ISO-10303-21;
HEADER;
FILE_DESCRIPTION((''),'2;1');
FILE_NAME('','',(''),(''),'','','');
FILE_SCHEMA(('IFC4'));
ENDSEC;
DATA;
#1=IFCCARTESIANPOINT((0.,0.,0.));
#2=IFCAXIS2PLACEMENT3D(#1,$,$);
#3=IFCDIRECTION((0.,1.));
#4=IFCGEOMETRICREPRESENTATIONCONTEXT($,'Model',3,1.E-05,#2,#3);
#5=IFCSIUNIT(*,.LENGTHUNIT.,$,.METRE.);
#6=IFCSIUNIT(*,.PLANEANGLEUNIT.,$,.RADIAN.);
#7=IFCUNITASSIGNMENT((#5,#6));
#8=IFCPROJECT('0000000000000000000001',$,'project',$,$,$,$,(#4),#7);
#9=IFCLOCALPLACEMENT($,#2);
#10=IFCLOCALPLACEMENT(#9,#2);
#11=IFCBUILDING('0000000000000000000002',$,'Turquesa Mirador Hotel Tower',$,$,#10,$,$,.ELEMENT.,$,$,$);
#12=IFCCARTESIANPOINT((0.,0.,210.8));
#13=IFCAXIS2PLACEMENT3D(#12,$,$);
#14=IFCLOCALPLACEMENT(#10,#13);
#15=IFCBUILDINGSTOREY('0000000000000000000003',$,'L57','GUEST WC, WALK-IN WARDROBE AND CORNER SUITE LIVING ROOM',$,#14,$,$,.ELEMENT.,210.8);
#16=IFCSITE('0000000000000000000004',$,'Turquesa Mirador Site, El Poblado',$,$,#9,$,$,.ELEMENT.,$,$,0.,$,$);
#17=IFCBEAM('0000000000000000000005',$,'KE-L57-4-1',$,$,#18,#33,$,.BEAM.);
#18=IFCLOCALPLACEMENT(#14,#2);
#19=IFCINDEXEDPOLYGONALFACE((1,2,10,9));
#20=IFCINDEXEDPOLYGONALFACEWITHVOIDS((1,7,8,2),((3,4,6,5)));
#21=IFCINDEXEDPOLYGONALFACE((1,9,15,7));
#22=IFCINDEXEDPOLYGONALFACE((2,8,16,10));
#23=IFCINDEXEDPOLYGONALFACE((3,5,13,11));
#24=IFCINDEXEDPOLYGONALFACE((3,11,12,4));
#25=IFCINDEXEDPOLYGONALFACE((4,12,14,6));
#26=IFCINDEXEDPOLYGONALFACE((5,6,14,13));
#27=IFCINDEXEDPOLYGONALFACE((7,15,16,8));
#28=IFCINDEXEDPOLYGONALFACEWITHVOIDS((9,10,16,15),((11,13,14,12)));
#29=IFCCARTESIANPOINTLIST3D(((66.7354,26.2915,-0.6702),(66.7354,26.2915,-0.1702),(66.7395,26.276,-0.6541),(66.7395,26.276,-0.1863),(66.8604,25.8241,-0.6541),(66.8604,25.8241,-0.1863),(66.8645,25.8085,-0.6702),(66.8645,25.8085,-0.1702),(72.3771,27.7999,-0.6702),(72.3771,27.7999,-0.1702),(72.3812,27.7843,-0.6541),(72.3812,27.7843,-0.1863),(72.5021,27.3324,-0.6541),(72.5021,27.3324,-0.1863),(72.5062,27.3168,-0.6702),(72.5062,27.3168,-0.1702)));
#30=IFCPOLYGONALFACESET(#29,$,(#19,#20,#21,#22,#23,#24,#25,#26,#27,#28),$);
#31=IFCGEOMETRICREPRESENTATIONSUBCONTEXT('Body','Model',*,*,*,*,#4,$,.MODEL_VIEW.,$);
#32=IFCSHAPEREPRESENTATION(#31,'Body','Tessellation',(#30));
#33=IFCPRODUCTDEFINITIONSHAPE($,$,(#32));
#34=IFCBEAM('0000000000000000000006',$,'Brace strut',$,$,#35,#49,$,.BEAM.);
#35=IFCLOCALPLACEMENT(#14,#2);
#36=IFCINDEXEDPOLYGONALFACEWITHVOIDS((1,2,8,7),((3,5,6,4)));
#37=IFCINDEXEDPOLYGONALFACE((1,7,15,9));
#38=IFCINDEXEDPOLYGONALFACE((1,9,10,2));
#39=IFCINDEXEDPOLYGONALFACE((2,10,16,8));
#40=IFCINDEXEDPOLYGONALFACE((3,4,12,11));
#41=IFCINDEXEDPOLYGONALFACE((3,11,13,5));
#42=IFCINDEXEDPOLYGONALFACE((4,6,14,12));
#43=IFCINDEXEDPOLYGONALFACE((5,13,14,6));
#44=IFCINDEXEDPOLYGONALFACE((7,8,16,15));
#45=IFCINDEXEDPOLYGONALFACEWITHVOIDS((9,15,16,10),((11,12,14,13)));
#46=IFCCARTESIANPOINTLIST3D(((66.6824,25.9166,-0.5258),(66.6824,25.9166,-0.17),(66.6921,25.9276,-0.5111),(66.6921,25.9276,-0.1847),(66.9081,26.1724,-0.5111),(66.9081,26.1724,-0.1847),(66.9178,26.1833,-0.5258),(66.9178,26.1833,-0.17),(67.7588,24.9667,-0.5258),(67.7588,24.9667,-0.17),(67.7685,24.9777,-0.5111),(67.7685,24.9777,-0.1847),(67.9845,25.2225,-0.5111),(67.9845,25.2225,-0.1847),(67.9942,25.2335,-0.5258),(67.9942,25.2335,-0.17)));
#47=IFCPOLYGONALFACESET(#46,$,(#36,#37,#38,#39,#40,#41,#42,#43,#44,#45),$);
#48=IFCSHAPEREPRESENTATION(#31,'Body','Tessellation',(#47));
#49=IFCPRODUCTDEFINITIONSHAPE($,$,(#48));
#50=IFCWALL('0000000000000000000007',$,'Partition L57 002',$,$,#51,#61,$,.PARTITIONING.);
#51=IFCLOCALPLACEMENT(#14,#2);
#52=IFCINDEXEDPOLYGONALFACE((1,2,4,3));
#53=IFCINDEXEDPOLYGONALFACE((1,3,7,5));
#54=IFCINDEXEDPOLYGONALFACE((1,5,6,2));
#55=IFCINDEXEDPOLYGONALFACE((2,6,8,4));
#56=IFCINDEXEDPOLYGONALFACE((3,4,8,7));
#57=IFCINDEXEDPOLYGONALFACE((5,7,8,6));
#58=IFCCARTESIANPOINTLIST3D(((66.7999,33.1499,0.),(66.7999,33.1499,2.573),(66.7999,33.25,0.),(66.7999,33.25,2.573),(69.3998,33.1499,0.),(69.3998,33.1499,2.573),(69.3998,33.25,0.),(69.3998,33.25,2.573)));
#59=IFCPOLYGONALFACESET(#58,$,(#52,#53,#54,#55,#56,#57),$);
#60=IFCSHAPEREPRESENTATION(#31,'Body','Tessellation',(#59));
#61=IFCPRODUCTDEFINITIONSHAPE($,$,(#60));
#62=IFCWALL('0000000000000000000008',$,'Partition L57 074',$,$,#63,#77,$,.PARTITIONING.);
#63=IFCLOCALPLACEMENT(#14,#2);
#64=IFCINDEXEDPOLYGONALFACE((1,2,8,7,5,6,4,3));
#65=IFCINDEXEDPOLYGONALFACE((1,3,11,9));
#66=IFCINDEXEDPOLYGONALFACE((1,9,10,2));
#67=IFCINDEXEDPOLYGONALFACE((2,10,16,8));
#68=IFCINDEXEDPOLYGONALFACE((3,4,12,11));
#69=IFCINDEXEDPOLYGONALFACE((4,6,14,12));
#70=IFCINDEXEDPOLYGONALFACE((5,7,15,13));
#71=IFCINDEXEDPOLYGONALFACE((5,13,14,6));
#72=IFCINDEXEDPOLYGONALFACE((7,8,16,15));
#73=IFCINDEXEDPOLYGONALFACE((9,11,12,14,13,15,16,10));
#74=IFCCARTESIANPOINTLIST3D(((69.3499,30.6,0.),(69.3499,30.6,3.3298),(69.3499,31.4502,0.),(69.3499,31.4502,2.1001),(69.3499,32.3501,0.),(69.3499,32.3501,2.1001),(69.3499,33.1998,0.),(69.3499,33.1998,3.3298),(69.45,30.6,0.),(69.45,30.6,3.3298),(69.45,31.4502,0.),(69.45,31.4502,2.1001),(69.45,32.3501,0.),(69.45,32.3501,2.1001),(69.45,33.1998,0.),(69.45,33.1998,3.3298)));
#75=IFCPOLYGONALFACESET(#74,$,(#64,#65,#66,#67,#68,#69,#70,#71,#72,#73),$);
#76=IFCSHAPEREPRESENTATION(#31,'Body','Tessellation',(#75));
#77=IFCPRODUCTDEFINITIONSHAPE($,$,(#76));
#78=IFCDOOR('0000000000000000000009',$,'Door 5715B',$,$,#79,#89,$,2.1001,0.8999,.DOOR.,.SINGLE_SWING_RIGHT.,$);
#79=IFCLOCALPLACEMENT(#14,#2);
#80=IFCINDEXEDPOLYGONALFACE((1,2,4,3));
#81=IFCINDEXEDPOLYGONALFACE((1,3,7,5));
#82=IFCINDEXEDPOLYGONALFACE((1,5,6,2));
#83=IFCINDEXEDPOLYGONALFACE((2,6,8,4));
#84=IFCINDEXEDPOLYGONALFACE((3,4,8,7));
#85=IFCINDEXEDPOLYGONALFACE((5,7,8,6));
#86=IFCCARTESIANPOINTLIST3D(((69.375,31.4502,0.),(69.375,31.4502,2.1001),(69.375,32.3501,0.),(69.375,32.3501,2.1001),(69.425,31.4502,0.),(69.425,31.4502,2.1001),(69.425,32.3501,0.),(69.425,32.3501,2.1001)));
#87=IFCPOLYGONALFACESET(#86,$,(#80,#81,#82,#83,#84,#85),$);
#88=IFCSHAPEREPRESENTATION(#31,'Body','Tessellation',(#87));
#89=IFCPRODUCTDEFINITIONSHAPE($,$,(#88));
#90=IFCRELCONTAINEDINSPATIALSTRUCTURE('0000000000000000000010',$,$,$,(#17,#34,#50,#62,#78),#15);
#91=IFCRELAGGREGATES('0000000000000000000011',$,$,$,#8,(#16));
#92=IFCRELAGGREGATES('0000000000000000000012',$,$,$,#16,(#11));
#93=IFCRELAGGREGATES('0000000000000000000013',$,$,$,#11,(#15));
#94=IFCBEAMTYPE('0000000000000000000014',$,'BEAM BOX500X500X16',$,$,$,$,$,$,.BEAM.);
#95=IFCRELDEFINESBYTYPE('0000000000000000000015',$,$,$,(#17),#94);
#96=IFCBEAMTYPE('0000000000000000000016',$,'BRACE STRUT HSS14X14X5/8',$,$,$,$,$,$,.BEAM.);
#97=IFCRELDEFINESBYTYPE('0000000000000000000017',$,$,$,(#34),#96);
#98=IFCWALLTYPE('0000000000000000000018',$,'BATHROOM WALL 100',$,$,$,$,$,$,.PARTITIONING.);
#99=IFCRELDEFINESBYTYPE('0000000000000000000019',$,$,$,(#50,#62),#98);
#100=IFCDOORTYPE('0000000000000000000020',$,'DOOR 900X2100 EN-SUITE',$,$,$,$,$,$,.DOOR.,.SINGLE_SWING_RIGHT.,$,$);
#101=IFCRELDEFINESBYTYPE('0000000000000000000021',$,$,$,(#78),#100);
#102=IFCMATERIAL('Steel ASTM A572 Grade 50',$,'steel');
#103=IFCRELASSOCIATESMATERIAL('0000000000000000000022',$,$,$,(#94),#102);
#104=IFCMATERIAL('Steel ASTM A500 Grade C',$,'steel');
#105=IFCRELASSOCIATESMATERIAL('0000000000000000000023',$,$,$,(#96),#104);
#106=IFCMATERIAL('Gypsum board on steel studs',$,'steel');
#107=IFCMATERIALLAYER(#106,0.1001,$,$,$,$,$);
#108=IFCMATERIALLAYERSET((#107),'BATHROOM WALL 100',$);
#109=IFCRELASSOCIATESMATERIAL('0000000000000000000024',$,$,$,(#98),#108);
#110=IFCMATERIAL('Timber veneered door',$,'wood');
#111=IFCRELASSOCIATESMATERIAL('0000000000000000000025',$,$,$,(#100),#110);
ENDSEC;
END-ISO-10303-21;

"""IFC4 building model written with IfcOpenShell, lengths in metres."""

from ifc_helpers import new_model, si_unit, direction, frame, frame_2d, origin, origin_2d, place, context, subcontext, project, spatial, rectangle, hollow_rectangle, extrude, material, layer, layer_set, material_profile, profile_set, type_object, element, fill, save


model = new_model("IFC4")

# Units and contexts
model_context = context("Model", 3, precision=1e-05, world=origin(), true_north=direction((0.0, 1.0)))
body_context = subcontext(model_context, "Body", "Model", "MODEL_VIEW")
ifc_project = project(units=[si_unit("LENGTHUNIT", "METRE"), si_unit("PLANEANGLEUNIT", "RADIAN")], contexts=[model_context])

# Site, building, storey
site_placement = place(None, origin())
site = spatial("IfcSite", under=ifc_project, at=site_placement, Name="Turquesa Mirador Site, El Poblado", CompositionType="ELEMENT", RefElevation=0.0)
building_placement = place(site_placement, origin())
building = spatial("IfcBuilding", under=site, at=building_placement, Name="Turquesa Mirador Hotel Tower", CompositionType="ELEMENT")
storey_placement = place(building_placement, frame((0.0, 0.0, 210.8)))
storey = spatial("IfcBuildingStorey", under=building, at=storey_placement, Name="L57", Description="GUEST WC, WALK-IN WARDROBE AND CORNER SUITE LIVING ROOM", CompositionType="ELEMENT", Elevation=210.8)

# Beams
ifc_material_1 = material(Name="Steel ASTM A572 Grade 50", Category="steel")
ifc_material_profile_1 = material_profile(ifc_material_1, hollow_rectangle(XDim=0.5, YDim=0.5, WallThickness=0.0161, at=origin_2d()), Name="BOX500X500X16")
ifc_profile_set_1 = profile_set([ifc_material_profile_1], Name="Steel ASTM A572 Grade 50")
beam_type_1 = type_object("IfcBeamType", Name="BEAM BOX500X500X16", PredefinedType="BEAM", material=ifc_profile_set_1)
beam_1_placement = place(storey_placement, frame((72.4417, 27.5583, -0.4202), z_axis=(-0.96607, -0.258282, 0.0), x_axis=(0.258282, -0.96607, 0.0)))
element("IfcBeam", 1, at=beam_1_placement, inside=storey, type_object=beam_type_1, Name="KE-L57-4-1", PredefinedType="BEAM", context=body_context, shape_type="SweptSolid", body=[
    extrude(hollow_rectangle(XDim=0.5, YDim=0.5, WallThickness=0.0161, at=origin_2d()), origin(), (0.0, 0.0, 1.0), 5.8398),
])
ifc_material_2 = material(Name="Steel ASTM A500 Grade C", Category="steel")
ifc_material_profile_2 = material_profile(ifc_material_2, hollow_rectangle(XDim=0.3557, YDim=0.3557, WallThickness=0.0146, at=origin_2d()), Name="HSS14X14X5/8")
ifc_profile_set_2 = profile_set([ifc_material_profile_2], Name="Steel ASTM A500 Grade C")
beam_type_2 = type_object("IfcBeamType", Name="BRACE STRUT HSS14X14X5/8", PredefinedType="BEAM", material=ifc_profile_set_2)
beam_2_placement = place(storey_placement, frame((67.8765, 25.1001, -0.3479), z_axis=(-0.749778, 0.661689, 0.0), x_axis=(-0.661689, -0.749778, 0.0)))
element("IfcBeam", 2, at=beam_2_placement, inside=storey, type_object=beam_type_2, Name="Brace strut", PredefinedType="BEAM", context=body_context, shape_type="SweptSolid", body=[
    extrude(hollow_rectangle(XDim=0.3557, YDim=0.3557, WallThickness=0.0146, at=origin_2d()), origin(), (0.0, 0.0, 1.0), 1.4355),
])

# Wall
ifc_material_3 = material(Name="Gypsum board on steel studs", Category="steel")
ifc_layer_1 = layer(ifc_material_3, 0.1001)
ifc_layer_set_1 = layer_set([ifc_layer_1], Name="BATHROOM WALL 100")
wall_type_1 = type_object("IfcWallType", Name="BATHROOM WALL 100", PredefinedType="PARTITIONING", material=ifc_layer_set_1)
wall_1_placement = place(storey_placement, frame((66.8, 33.2, 0.0), z_axis=(0.0, 0.0, 1.0), x_axis=(1.0, 0.0, 0.0)))
element("IfcWall", 3, at=wall_1_placement, inside=storey, type_object=wall_type_1, Name="Partition L57 002", PredefinedType="PARTITIONING", context=body_context, shape_type="SweptSolid", body=[
    extrude(rectangle(XDim=2.5999, YDim=0.1001, at=frame_2d((1.2998, 0.0))), origin(), (0.0, 0.0, 1.0), 2.573),
])

# Wall, opening, door
wall_2_placement = place(storey_placement, frame((69.3999, 30.6001, 0.0), z_axis=(0.0, 0.0, 1.0), x_axis=(0.0, 1.0, 0.0)))
wall_2 = element("IfcWall", 4, at=wall_2_placement, inside=storey, type_object=wall_type_1, Name="Partition L57 074", PredefinedType="PARTITIONING", context=body_context, shape_type="SweptSolid", body=[
    extrude(rectangle(XDim=2.5999, YDim=0.1001, at=frame_2d((1.2998, 0.0))), origin(), (0.0, 0.0, 1.0), 3.3298),
])
opening_1_placement = place(wall_2_placement, frame((0.8501, 0.0, 0.0)))
opening_1 = element("IfcOpeningElement", 5, at=opening_1_placement, cuts=wall_2, PredefinedType="OPENING", context=body_context, shape_type="SweptSolid", body=[
    extrude(rectangle(XDim=0.8999, YDim=2.1001, at=frame_2d((0.45, 1.05))), frame((0.0, 0.0601, 0.0), z_axis=(0.0, -1.0, 0.0), x_axis=(1.0, 0.0, 0.0)), (0.0, 0.0, 1.0), 0.1201),
])
ifc_material_4 = material(Name="Timber veneered door", Category="wood")
door_type_1 = type_object("IfcDoorType", Name="DOOR 900X2100 EN-SUITE", OperationType="SINGLE_SWING_RIGHT", PredefinedType="DOOR", material=ifc_material_4)
door_1_placement = place(opening_1_placement, origin())
door_1 = element("IfcDoor", 6, at=door_1_placement, inside=storey, type_object=door_type_1, Name="Door 5715B", OperationType="SINGLE_SWING_RIGHT", OverallHeight=2.1001, OverallWidth=0.8999, PredefinedType="DOOR", context=body_context, shape_type="SweptSolid", body=[
    extrude(rectangle(XDim=0.8999, YDim=2.1001, at=frame_2d((0.45, 1.05))), frame((0.0, 0.0249, 0.0), z_axis=(0.0, -1.0, 0.0), x_axis=(1.0, 0.0, 0.0)), (0.0, 0.0, 1.0), 0.05),
])
fill(opening_1, door_1)

save(model, "model.ifc")
